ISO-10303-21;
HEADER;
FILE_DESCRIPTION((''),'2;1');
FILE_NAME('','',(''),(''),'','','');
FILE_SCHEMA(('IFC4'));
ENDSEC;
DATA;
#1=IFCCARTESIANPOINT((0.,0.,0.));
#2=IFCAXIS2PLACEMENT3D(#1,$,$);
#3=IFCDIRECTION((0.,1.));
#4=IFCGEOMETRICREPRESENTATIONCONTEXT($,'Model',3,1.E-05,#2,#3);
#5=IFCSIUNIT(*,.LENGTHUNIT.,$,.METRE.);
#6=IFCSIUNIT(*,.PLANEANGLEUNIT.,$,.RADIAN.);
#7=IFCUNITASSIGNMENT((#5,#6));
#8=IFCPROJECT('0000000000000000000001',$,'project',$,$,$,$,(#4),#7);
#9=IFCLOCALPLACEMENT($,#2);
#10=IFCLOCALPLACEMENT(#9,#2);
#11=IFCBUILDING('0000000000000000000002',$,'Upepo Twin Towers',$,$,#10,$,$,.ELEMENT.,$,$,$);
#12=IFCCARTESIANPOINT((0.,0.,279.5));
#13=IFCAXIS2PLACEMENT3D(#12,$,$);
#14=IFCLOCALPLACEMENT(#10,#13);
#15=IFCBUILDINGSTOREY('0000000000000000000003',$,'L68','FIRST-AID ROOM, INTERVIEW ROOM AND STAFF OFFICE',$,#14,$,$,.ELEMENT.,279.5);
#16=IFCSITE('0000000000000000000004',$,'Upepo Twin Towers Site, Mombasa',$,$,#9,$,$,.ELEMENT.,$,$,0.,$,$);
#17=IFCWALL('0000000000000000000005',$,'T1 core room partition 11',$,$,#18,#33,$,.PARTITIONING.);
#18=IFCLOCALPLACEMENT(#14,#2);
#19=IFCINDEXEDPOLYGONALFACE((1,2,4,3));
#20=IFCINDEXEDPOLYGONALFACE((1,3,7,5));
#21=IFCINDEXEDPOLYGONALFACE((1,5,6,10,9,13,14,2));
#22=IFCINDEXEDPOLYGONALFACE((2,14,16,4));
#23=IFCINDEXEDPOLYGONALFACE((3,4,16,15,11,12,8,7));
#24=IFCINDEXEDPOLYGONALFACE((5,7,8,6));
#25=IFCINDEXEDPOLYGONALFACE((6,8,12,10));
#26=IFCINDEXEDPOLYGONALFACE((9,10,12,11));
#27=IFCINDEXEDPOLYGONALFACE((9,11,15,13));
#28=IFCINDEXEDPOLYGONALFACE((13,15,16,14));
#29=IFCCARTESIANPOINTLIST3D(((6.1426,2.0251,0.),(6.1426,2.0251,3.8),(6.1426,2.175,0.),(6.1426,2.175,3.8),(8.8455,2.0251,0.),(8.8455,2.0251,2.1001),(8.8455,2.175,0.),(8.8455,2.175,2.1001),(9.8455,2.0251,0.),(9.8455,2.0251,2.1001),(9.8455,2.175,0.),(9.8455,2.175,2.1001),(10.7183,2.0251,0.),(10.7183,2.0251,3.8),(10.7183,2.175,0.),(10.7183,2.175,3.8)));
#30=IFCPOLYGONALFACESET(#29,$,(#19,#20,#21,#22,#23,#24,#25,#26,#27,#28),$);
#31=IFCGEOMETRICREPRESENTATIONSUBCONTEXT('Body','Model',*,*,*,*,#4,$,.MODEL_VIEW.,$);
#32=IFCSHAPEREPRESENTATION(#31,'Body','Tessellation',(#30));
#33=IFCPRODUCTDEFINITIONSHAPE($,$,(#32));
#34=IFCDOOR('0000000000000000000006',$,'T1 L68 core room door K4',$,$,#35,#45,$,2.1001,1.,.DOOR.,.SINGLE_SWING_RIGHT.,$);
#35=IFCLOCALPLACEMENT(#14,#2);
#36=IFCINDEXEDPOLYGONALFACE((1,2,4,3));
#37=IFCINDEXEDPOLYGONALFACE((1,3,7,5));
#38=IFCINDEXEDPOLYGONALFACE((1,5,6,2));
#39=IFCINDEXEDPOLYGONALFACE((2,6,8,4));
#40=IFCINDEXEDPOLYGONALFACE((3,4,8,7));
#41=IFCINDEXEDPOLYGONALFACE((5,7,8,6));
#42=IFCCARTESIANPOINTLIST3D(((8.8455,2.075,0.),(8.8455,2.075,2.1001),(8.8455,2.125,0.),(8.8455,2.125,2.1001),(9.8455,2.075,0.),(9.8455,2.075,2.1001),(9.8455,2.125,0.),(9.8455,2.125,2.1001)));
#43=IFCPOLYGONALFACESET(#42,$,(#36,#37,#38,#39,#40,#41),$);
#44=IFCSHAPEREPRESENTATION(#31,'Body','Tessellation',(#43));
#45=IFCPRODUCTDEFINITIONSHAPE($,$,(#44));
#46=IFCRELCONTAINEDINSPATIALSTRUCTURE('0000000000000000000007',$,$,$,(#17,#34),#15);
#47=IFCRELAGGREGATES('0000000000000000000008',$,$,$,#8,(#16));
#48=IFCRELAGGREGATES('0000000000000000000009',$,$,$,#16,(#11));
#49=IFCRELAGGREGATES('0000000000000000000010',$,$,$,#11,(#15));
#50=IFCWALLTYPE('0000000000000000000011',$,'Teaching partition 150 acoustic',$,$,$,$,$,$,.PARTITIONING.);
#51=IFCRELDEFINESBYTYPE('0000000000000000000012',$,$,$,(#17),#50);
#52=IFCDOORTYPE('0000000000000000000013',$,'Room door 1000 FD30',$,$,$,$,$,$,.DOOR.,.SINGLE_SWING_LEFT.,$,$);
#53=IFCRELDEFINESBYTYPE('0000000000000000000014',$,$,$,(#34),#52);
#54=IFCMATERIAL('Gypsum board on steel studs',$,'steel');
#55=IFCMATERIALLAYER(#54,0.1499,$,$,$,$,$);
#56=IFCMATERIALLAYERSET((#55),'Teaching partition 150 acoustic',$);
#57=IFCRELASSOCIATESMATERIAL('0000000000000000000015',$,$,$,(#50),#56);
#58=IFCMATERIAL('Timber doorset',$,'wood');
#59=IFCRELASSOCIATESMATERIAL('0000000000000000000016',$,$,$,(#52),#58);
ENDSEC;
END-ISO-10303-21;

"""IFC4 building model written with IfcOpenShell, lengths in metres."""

from ifc_helpers import new_model, si_unit, direction, frame, frame_2d, origin, place, context, subcontext, project, spatial, rectangle, extrude, material, layer, layer_set, type_object, element, fill, save


model = new_model("IFC4")

# Units and contexts
model_context = context("Model", 3, precision=1e-05, world=origin(), true_north=direction((0.0, 1.0)))
body_context = subcontext(model_context, "Body", "Model", "MODEL_VIEW")
ifc_project = project(units=[si_unit("LENGTHUNIT", "METRE"), si_unit("PLANEANGLEUNIT", "RADIAN")], contexts=[model_context])

# Site, building, storey
site_placement = place(None, origin())
site = spatial("IfcSite", under=ifc_project, at=site_placement, Name="Upepo Twin Towers Site, Mombasa", CompositionType="ELEMENT", RefElevation=0.0)
building_placement = place(site_placement, origin())
building = spatial("IfcBuilding", under=site, at=building_placement, Name="Upepo Twin Towers", CompositionType="ELEMENT")
storey_placement = place(building_placement, frame((0.0, 0.0, 279.5)))
storey = spatial("IfcBuildingStorey", under=building, at=storey_placement, Name="L68", Description="FIRST-AID ROOM, INTERVIEW ROOM AND STAFF OFFICE", CompositionType="ELEMENT", Elevation=279.5)

# Shared definitions
ifc_material_1 = material(Name="Gypsum board on steel studs", Category="steel")
ifc_layer_1 = layer(ifc_material_1, 0.1499)
ifc_layer_set_1 = layer_set([ifc_layer_1], Name="Teaching partition 150 acoustic")
wall_type_1 = type_object("IfcWallType", Name="Teaching partition 150 acoustic", PredefinedType="PARTITIONING", material=ifc_layer_set_1)

# Wall, opening, door
wall_1_placement = place(storey_placement, frame((6.1426, 2.1001, 0.0), z_axis=(0.0, 0.0, 1.0), x_axis=(1.0, 0.0, 0.0)))
wall_1 = element("IfcWall", 1, at=wall_1_placement, inside=storey, type_object=wall_type_1, Name="T1 core room partition 11", PredefinedType="PARTITIONING", context=body_context, shape_type="SweptSolid", body=[
    extrude(rectangle(XDim=4.5757, YDim=0.1499, at=frame_2d((2.2878, 0.0))), origin(), (0.0, 0.0, 1.0), 3.8),
])
opening_1_placement = place(wall_1_placement, frame((2.7029, 0.0, 0.0)))
opening_1 = element("IfcOpeningElement", 2, at=opening_1_placement, cuts=wall_1, PredefinedType="OPENING", context=body_context, shape_type="SweptSolid", body=[
    extrude(rectangle(XDim=1.0, YDim=2.1001, at=frame_2d((0.5, 1.05))), frame((0.0, 0.085, 0.0), z_axis=(0.0, -1.0, 0.0), x_axis=(1.0, 0.0, 0.0)), (0.0, 0.0, 1.0), 0.1699),
])
ifc_material_2 = material(Name="Timber doorset", Category="wood")
door_type_1 = type_object("IfcDoorType", Name="Room door 1000 FD30", OperationType="SINGLE_SWING_LEFT", PredefinedType="DOOR", material=ifc_material_2)
door_1_placement = place(opening_1_placement, origin())
door_1 = element("IfcDoor", 3, at=door_1_placement, inside=storey, type_object=door_type_1, Name="T1 L68 core room door K4", OperationType="SINGLE_SWING_RIGHT", OverallHeight=2.1001, OverallWidth=1.0, PredefinedType="DOOR", context=body_context, shape_type="SweptSolid", body=[
    extrude(rectangle(XDim=1.0, YDim=2.1001, at=frame_2d((0.5, 1.05))), frame((0.0, 0.0249, 0.0), z_axis=(0.0, -1.0, 0.0), x_axis=(1.0, 0.0, 0.0)), (0.0, 0.0, 1.0), 0.05),
])
fill(opening_1, door_1)

save(model, "model.ifc")
